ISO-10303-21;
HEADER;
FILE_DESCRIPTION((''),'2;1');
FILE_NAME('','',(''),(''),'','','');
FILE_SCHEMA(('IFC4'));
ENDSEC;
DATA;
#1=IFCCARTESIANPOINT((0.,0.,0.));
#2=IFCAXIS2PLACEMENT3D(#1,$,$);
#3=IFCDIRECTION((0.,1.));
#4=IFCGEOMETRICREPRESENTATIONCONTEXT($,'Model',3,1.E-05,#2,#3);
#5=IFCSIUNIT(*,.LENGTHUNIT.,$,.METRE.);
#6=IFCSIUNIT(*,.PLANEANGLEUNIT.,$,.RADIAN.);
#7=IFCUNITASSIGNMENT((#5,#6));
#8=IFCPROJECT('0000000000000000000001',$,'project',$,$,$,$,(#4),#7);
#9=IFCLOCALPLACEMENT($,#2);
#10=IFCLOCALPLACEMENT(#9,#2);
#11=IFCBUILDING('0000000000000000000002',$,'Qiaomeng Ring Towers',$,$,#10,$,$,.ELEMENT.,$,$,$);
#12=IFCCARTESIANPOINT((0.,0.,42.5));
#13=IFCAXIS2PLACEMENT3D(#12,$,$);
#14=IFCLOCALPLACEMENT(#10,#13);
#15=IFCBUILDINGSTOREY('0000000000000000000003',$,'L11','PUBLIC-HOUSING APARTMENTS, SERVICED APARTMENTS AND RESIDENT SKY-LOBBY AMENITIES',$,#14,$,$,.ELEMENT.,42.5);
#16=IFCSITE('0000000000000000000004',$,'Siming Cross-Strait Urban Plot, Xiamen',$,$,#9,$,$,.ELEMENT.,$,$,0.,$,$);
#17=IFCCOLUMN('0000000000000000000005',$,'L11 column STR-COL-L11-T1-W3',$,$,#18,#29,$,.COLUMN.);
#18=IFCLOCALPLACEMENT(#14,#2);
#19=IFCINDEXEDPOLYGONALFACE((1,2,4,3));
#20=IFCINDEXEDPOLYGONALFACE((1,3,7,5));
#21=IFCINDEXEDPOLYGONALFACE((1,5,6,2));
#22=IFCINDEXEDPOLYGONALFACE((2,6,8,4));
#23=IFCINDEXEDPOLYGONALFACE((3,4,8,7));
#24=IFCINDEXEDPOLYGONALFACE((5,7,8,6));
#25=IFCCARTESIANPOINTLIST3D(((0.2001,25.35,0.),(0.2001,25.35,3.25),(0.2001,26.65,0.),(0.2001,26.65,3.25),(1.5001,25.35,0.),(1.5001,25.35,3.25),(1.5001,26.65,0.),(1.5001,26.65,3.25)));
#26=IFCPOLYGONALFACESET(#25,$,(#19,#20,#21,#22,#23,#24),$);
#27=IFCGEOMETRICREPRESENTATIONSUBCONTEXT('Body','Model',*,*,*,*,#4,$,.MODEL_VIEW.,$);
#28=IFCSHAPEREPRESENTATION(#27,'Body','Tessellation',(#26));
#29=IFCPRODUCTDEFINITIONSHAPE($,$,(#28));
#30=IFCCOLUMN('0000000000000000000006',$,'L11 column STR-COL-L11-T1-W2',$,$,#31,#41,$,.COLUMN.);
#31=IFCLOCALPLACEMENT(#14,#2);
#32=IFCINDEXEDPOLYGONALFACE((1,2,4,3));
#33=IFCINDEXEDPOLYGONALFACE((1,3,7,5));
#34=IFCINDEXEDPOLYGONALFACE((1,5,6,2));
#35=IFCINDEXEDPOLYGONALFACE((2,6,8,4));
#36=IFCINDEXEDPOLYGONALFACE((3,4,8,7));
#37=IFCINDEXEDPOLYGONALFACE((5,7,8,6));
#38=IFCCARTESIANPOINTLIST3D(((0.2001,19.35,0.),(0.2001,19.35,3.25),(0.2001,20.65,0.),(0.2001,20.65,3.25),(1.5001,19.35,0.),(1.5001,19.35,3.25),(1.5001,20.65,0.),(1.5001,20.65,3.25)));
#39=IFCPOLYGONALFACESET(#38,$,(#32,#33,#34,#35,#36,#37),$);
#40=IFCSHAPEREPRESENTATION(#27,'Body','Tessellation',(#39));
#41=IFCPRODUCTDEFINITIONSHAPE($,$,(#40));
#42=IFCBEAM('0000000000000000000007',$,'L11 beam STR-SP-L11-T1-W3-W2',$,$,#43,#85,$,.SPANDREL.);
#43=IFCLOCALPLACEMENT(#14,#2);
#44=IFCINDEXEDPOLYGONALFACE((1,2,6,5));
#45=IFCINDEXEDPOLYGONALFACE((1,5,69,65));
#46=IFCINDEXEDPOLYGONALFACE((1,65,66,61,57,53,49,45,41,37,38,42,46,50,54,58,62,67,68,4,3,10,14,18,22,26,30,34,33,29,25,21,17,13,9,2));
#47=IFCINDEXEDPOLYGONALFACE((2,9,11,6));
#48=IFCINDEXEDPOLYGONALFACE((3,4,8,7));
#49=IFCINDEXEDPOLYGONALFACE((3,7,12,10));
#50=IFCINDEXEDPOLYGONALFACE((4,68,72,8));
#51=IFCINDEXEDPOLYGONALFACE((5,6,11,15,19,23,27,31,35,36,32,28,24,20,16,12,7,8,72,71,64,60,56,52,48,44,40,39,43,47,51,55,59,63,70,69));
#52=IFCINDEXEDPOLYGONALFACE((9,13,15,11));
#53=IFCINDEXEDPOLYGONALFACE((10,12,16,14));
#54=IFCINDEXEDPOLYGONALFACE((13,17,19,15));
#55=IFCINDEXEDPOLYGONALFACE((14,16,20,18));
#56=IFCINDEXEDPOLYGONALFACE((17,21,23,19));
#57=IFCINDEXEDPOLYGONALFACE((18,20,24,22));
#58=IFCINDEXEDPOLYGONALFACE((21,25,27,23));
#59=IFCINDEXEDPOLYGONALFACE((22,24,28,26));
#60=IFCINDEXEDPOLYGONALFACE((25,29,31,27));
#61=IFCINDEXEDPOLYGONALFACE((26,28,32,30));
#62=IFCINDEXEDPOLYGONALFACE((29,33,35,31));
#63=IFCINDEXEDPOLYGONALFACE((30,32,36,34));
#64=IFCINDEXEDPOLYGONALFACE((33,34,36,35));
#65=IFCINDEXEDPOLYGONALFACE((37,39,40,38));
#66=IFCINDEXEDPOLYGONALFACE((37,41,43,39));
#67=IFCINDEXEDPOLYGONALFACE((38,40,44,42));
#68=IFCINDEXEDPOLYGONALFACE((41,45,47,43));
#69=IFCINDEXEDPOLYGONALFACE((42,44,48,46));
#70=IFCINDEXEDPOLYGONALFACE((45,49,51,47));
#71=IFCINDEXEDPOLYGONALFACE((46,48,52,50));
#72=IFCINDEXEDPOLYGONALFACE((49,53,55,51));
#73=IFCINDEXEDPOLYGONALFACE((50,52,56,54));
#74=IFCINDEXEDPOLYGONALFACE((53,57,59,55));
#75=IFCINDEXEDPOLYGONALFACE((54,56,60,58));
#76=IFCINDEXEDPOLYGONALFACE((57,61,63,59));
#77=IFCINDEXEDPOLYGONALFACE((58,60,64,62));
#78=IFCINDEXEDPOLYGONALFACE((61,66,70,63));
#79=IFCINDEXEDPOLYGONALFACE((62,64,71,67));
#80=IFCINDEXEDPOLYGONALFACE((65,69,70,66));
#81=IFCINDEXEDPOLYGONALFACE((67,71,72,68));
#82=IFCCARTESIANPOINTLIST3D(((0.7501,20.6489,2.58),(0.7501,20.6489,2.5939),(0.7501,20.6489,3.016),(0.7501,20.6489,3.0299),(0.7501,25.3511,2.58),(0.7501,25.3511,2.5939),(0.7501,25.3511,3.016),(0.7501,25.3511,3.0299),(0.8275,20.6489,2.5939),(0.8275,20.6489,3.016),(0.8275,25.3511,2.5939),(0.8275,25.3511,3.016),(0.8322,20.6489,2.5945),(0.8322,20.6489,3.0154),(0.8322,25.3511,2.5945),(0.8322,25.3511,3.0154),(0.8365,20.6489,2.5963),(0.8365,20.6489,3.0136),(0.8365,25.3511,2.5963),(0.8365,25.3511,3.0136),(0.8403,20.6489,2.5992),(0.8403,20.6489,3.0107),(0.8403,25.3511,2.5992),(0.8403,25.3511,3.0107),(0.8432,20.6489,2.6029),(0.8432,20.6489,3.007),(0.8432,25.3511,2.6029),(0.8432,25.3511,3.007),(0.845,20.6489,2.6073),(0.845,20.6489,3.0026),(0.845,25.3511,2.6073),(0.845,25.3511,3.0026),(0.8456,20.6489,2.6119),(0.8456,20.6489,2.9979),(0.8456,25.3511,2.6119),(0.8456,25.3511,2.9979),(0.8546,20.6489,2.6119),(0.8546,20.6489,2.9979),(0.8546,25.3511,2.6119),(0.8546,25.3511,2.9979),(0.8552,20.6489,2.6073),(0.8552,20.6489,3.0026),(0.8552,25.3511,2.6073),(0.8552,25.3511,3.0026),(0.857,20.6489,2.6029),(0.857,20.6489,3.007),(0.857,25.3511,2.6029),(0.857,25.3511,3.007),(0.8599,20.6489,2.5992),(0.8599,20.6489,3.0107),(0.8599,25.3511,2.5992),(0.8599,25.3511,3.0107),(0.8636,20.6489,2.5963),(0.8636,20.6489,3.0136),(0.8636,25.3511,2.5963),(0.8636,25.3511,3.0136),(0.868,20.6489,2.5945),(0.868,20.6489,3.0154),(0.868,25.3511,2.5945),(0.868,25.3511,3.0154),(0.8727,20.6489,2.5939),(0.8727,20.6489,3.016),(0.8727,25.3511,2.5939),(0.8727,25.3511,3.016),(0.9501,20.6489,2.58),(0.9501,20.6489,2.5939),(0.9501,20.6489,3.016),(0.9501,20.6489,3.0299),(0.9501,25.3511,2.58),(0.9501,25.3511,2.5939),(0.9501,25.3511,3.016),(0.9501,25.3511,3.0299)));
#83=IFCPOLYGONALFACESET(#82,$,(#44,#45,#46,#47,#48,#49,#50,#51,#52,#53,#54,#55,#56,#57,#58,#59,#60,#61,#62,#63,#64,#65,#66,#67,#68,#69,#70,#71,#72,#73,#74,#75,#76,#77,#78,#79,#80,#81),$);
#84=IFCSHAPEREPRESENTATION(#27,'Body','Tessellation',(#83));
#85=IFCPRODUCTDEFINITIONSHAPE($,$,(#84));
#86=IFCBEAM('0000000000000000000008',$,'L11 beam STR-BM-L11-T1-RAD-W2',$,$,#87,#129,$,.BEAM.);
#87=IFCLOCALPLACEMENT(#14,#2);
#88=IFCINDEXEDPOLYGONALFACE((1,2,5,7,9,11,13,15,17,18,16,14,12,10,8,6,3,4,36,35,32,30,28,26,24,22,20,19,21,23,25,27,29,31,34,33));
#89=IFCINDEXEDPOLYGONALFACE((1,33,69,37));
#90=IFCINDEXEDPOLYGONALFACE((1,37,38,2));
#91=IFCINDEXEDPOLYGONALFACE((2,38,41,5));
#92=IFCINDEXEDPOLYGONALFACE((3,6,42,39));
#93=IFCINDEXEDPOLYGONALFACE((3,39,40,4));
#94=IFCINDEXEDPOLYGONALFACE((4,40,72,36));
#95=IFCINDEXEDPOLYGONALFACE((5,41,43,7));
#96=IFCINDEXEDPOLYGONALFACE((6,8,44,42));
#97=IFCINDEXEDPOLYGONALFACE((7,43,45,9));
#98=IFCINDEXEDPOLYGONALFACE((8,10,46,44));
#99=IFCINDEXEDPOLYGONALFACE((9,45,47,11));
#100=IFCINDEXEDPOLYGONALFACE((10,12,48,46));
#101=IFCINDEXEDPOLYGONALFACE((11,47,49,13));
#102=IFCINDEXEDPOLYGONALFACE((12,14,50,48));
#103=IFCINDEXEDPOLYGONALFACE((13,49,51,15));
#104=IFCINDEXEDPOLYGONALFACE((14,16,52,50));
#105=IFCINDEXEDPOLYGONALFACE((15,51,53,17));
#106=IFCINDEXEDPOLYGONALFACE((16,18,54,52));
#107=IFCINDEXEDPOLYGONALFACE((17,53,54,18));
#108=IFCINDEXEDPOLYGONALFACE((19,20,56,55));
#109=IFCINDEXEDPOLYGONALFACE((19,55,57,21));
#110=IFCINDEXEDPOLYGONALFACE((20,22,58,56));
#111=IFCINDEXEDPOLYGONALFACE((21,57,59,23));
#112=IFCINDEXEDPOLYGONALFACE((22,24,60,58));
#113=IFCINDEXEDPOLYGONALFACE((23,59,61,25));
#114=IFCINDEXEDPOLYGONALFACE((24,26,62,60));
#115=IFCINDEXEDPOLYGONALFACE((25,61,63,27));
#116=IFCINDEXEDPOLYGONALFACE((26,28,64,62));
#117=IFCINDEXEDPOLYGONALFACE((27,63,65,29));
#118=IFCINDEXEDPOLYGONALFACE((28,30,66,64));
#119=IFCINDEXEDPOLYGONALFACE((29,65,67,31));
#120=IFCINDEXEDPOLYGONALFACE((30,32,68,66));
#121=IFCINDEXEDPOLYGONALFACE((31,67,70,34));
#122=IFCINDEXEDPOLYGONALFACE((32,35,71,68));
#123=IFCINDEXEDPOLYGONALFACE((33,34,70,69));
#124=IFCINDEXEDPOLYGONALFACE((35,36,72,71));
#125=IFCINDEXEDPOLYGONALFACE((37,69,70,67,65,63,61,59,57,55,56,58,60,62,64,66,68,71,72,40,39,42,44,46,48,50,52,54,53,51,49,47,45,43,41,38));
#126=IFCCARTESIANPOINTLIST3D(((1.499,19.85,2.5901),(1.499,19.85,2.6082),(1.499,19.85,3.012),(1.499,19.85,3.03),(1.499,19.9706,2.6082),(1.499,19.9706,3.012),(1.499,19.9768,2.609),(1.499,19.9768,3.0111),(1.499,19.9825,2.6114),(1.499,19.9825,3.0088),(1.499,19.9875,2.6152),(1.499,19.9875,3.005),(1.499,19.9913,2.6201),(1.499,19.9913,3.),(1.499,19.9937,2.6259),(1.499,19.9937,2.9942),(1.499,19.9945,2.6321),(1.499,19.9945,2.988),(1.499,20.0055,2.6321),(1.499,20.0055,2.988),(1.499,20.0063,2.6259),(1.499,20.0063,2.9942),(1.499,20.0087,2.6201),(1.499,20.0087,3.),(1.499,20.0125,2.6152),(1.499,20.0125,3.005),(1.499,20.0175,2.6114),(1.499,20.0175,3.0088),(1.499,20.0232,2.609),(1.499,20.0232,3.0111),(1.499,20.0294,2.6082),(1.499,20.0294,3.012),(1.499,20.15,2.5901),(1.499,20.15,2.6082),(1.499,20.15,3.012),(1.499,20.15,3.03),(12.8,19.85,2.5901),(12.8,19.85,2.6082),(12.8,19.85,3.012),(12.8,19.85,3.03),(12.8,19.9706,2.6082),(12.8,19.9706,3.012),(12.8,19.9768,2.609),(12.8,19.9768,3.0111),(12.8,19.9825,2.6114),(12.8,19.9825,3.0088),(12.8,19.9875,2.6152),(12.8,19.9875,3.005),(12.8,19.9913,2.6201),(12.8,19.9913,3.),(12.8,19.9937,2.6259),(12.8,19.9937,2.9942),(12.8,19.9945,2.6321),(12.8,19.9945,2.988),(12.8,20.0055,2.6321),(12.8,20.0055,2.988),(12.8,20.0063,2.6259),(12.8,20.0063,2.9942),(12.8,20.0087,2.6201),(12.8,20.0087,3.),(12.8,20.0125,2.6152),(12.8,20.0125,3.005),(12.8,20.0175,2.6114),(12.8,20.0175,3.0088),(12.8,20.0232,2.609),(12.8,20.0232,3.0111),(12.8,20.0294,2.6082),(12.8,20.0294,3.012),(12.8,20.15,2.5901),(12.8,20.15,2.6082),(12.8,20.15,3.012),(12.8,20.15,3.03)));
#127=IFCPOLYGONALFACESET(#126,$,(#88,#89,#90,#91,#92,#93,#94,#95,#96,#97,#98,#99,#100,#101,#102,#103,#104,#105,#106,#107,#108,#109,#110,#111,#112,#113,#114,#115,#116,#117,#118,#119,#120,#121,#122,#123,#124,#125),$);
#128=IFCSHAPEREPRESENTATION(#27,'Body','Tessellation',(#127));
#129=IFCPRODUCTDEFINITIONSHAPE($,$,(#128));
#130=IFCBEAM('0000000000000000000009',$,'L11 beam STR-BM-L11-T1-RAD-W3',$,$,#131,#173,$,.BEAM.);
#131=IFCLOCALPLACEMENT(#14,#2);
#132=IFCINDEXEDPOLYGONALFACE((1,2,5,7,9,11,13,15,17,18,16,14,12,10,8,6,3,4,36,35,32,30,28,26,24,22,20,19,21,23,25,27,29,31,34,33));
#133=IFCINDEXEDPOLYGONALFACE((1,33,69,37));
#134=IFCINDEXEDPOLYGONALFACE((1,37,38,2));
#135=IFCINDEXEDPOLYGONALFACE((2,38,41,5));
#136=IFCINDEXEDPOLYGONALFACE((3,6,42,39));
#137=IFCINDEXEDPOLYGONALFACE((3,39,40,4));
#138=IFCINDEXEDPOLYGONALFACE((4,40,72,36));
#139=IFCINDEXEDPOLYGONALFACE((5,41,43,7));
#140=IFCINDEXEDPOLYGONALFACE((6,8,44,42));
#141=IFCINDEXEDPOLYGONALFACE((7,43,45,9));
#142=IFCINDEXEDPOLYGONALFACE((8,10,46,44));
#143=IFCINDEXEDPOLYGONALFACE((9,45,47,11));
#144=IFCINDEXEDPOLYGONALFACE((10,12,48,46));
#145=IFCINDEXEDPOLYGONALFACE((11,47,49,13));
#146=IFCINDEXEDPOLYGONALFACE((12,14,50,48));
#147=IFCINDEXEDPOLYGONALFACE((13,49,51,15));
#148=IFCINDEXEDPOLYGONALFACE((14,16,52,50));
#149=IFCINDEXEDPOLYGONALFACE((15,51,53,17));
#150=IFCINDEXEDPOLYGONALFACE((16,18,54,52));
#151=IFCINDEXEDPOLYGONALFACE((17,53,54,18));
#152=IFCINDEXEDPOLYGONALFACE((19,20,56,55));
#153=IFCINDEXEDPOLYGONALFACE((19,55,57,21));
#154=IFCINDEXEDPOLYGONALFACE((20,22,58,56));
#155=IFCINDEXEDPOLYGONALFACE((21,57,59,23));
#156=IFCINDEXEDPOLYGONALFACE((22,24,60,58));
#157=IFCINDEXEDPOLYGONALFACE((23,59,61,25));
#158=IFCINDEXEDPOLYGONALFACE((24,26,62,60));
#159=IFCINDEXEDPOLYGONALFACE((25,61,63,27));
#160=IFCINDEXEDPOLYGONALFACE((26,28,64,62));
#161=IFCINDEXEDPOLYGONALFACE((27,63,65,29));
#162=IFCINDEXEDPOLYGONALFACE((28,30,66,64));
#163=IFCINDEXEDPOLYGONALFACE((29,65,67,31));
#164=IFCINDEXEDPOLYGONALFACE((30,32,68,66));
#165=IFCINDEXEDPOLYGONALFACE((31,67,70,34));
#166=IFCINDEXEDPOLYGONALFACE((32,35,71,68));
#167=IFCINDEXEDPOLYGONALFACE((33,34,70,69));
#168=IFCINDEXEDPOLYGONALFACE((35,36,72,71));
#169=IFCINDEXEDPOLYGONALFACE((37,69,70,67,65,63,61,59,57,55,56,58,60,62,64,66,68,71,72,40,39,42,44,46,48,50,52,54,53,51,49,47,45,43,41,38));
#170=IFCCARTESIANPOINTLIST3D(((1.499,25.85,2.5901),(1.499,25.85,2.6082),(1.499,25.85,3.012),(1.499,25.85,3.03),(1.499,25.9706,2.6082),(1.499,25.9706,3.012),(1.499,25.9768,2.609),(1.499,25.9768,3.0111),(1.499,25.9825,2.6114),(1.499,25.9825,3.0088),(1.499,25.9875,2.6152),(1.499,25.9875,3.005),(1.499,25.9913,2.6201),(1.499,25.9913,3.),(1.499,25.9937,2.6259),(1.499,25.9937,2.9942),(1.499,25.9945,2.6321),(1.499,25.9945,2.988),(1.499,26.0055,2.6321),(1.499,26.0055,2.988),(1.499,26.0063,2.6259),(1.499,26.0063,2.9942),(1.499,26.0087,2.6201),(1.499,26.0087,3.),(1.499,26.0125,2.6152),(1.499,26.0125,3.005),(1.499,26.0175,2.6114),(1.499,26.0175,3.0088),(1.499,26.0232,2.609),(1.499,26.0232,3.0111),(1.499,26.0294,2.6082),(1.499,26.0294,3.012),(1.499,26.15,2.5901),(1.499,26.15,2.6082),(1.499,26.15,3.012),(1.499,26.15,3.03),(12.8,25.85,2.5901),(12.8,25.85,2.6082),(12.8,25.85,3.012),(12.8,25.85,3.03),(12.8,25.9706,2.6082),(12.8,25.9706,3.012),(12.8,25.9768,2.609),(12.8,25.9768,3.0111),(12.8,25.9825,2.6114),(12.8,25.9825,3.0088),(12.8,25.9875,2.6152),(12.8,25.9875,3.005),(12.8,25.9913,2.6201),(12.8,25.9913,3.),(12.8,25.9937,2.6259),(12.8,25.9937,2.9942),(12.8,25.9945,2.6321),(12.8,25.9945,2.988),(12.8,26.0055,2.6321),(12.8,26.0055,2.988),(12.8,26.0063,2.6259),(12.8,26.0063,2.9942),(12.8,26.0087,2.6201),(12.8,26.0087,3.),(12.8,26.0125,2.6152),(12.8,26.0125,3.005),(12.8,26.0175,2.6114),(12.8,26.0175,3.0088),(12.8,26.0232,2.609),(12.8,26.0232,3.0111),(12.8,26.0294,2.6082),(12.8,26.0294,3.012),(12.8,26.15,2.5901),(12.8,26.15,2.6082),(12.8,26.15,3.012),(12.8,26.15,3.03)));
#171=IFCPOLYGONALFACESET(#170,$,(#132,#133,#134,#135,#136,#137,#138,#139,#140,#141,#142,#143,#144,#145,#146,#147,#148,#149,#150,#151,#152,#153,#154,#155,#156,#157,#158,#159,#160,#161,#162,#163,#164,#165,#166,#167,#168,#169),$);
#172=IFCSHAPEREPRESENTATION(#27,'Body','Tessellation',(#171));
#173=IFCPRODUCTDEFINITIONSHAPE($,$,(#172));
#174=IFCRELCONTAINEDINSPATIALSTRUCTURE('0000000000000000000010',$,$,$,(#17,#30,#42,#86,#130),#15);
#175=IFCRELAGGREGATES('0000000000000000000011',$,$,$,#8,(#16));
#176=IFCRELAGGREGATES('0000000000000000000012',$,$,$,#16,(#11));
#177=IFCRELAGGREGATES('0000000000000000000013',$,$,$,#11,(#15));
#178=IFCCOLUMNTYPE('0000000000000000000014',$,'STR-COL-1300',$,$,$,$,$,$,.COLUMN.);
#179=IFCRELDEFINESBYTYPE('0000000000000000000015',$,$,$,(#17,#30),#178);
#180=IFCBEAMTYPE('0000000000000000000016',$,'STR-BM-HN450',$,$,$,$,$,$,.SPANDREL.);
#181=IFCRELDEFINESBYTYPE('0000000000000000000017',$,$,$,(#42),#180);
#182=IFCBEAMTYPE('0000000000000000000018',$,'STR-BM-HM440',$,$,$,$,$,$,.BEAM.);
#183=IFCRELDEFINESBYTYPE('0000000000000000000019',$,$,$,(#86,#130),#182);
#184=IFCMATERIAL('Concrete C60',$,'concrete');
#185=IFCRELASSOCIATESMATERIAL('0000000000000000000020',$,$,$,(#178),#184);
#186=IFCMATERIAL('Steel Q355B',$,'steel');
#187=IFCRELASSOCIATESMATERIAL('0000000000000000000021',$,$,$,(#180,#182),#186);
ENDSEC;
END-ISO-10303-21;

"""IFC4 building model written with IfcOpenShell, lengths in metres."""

from ifc_helpers import new_model, si_unit, direction, frame, origin, origin_2d, place, context, subcontext, project, spatial, rectangle, i_section, extrude, source, transform, mapped, material, material_profile, profile_set, type_object, element, save


model = new_model("IFC4")

# Units and contexts
model_context = context("Model", 3, precision=1e-05, world=origin(), true_north=direction((0.0, 1.0)))
body_context = subcontext(model_context, "Body", "Model", "MODEL_VIEW")
ifc_project = project(units=[si_unit("LENGTHUNIT", "METRE"), si_unit("PLANEANGLEUNIT", "RADIAN")], contexts=[model_context])

# Site, building, storey
site_placement = place(None, origin())
site = spatial("IfcSite", under=ifc_project, at=site_placement, Name="Siming Cross-Strait Urban Plot, Xiamen", CompositionType="ELEMENT", RefElevation=0.0)
building_placement = place(site_placement, origin())
building = spatial("IfcBuilding", under=site, at=building_placement, Name="Qiaomeng Ring Towers", CompositionType="ELEMENT")
storey_placement = place(building_placement, frame((0.0, 0.0, 42.5)))
storey = spatial("IfcBuildingStorey", under=building, at=storey_placement, Name="L11", Description="PUBLIC-HOUSING APARTMENTS, SERVICED APARTMENTS AND RESIDENT SKY-LOBBY AMENITIES", CompositionType="ELEMENT", Elevation=42.5)

# Columns
ifc_material_1 = material(Name="Concrete C60", Category="concrete")
ifc_material_profile_1 = material_profile(ifc_material_1, rectangle(XDim=1.3, YDim=1.3, at=origin_2d()), Name="RC COL 1300x1300")
ifc_profile_set_1 = profile_set([ifc_material_profile_1], Name="Concrete C60")
column_type = type_object("IfcColumnType", Name="STR-COL-1300", PredefinedType="COLUMN", material=ifc_profile_set_1)
shared_shape_1 = source(origin(), body_context, "Body", "SweptSolid", [
    extrude(rectangle(XDim=1.3, YDim=1.3, at=origin_2d()), origin(), (0.0, 0.0, 1.0), 3.25),
])
for number, where, z_axis, x_axis, name in (
    (1, (0.8501, 26.0, 0.0), (0.0, 0.0, 1.0), (1.0, 0.0, 0.0), "L11 column STR-COL-L11-T1-W3"),
    (2, (0.8501, 20.0, 0.0), (0.0, 0.0, 1.0), (1.0, 0.0, 0.0), "L11 column STR-COL-L11-T1-W2"),
):
    element("IfcColumn", number, at=place(storey_placement, frame(where, z_axis=z_axis, x_axis=x_axis)), inside=storey, type_object=column_type, Name=name, PredefinedType="COLUMN", context=body_context, shape_type="MappedRepresentation", body=[
        mapped(shared_shape_1, transform((0.0, 0.0, 0.0), x_axis=(1.0, 0.0, 0.0), y_axis=(0.0, 1.0, 0.0), z_axis=(0.0, 0.0, 1.0), scale=1.0)),
    ])

# Beams
ifc_material_2 = material(Name="Steel Q355B", Category="steel")
ifc_material_profile_2 = material_profile(ifc_material_2, i_section(OverallWidth=0.2, OverallDepth=0.45, WebThickness=0.009, FlangeThickness=0.0139, FilletRadius=0.0181, at=origin_2d()), Name="HN 450x200x9x14")
ifc_profile_set_2 = profile_set([ifc_material_profile_2], Name="Steel Q355B")
beam_type_1 = type_object("IfcBeamType", Name="STR-BM-HN450", PredefinedType="SPANDREL", material=ifc_profile_set_2)
shared_shape_2 = source(origin(), body_context, "Body", "SweptSolid", [
    extrude(i_section(OverallWidth=0.2, OverallDepth=0.45, WebThickness=0.009, FlangeThickness=0.0139, FilletRadius=0.0181, at=origin_2d()), origin(), (0.0, 0.0, 1.0), 4.7021),
])
beam_1_placement = place(storey_placement, frame((0.8501, 25.3511, 2.8049), z_axis=(0.0, -1.0, 0.0), x_axis=(1.0, 0.0, 0.0)))
element("IfcBeam", 3, at=beam_1_placement, inside=storey, type_object=beam_type_1, Name="L11 beam STR-SP-L11-T1-W3-W2", PredefinedType="SPANDREL", context=body_context, shape_type="MappedRepresentation", body=[
    mapped(shared_shape_2, transform((0.0, 0.0, 0.0), x_axis=(1.0, 0.0, 0.0), y_axis=(0.0, 1.0, 0.0), z_axis=(0.0, 0.0, 1.0), scale=1.0)),
])
ifc_material_profile_3 = material_profile(ifc_material_2, i_section(OverallWidth=0.3, OverallDepth=0.4399, WebThickness=0.011, FlangeThickness=0.0181, FilletRadius=0.0239, at=origin_2d()), Name="HM 440x300x11x18")
ifc_profile_set_3 = profile_set([ifc_material_profile_3], Name="Steel Q355B")
beam_type_2 = type_object("IfcBeamType", Name="STR-BM-HM440", PredefinedType="BEAM", material=ifc_profile_set_3)
shared_shape_3 = source(origin(), body_context, "Body", "SweptSolid", [
    extrude(i_section(OverallWidth=0.3, OverallDepth=0.4399, WebThickness=0.011, FlangeThickness=0.0181, FilletRadius=0.0239, at=origin_2d()), origin(), (0.0, 0.0, 1.0), 11.301),
])
for number, where, z_axis, x_axis, name in (
    (4, (1.499, 20.0, 2.8101), (1.0, 0.0, 0.0), (0.0, 1.0, 0.0), "L11 beam STR-BM-L11-T1-RAD-W2"),
    (5, (1.499, 26.0, 2.8101), (1.0, 0.0, 0.0), (0.0, 1.0, 0.0), "L11 beam STR-BM-L11-T1-RAD-W3"),
):
    element("IfcBeam", number, at=place(storey_placement, frame(where, z_axis=z_axis, x_axis=x_axis)), inside=storey, type_object=beam_type_2, Name=name, PredefinedType="BEAM", context=body_context, shape_type="MappedRepresentation", body=[
        mapped(shared_shape_3, transform((0.0, 0.0, 0.0), x_axis=(1.0, 0.0, 0.0), y_axis=(0.0, 1.0, 0.0), z_axis=(0.0, 0.0, 1.0), scale=1.0)),
    ])

save(model, "model.ifc")
